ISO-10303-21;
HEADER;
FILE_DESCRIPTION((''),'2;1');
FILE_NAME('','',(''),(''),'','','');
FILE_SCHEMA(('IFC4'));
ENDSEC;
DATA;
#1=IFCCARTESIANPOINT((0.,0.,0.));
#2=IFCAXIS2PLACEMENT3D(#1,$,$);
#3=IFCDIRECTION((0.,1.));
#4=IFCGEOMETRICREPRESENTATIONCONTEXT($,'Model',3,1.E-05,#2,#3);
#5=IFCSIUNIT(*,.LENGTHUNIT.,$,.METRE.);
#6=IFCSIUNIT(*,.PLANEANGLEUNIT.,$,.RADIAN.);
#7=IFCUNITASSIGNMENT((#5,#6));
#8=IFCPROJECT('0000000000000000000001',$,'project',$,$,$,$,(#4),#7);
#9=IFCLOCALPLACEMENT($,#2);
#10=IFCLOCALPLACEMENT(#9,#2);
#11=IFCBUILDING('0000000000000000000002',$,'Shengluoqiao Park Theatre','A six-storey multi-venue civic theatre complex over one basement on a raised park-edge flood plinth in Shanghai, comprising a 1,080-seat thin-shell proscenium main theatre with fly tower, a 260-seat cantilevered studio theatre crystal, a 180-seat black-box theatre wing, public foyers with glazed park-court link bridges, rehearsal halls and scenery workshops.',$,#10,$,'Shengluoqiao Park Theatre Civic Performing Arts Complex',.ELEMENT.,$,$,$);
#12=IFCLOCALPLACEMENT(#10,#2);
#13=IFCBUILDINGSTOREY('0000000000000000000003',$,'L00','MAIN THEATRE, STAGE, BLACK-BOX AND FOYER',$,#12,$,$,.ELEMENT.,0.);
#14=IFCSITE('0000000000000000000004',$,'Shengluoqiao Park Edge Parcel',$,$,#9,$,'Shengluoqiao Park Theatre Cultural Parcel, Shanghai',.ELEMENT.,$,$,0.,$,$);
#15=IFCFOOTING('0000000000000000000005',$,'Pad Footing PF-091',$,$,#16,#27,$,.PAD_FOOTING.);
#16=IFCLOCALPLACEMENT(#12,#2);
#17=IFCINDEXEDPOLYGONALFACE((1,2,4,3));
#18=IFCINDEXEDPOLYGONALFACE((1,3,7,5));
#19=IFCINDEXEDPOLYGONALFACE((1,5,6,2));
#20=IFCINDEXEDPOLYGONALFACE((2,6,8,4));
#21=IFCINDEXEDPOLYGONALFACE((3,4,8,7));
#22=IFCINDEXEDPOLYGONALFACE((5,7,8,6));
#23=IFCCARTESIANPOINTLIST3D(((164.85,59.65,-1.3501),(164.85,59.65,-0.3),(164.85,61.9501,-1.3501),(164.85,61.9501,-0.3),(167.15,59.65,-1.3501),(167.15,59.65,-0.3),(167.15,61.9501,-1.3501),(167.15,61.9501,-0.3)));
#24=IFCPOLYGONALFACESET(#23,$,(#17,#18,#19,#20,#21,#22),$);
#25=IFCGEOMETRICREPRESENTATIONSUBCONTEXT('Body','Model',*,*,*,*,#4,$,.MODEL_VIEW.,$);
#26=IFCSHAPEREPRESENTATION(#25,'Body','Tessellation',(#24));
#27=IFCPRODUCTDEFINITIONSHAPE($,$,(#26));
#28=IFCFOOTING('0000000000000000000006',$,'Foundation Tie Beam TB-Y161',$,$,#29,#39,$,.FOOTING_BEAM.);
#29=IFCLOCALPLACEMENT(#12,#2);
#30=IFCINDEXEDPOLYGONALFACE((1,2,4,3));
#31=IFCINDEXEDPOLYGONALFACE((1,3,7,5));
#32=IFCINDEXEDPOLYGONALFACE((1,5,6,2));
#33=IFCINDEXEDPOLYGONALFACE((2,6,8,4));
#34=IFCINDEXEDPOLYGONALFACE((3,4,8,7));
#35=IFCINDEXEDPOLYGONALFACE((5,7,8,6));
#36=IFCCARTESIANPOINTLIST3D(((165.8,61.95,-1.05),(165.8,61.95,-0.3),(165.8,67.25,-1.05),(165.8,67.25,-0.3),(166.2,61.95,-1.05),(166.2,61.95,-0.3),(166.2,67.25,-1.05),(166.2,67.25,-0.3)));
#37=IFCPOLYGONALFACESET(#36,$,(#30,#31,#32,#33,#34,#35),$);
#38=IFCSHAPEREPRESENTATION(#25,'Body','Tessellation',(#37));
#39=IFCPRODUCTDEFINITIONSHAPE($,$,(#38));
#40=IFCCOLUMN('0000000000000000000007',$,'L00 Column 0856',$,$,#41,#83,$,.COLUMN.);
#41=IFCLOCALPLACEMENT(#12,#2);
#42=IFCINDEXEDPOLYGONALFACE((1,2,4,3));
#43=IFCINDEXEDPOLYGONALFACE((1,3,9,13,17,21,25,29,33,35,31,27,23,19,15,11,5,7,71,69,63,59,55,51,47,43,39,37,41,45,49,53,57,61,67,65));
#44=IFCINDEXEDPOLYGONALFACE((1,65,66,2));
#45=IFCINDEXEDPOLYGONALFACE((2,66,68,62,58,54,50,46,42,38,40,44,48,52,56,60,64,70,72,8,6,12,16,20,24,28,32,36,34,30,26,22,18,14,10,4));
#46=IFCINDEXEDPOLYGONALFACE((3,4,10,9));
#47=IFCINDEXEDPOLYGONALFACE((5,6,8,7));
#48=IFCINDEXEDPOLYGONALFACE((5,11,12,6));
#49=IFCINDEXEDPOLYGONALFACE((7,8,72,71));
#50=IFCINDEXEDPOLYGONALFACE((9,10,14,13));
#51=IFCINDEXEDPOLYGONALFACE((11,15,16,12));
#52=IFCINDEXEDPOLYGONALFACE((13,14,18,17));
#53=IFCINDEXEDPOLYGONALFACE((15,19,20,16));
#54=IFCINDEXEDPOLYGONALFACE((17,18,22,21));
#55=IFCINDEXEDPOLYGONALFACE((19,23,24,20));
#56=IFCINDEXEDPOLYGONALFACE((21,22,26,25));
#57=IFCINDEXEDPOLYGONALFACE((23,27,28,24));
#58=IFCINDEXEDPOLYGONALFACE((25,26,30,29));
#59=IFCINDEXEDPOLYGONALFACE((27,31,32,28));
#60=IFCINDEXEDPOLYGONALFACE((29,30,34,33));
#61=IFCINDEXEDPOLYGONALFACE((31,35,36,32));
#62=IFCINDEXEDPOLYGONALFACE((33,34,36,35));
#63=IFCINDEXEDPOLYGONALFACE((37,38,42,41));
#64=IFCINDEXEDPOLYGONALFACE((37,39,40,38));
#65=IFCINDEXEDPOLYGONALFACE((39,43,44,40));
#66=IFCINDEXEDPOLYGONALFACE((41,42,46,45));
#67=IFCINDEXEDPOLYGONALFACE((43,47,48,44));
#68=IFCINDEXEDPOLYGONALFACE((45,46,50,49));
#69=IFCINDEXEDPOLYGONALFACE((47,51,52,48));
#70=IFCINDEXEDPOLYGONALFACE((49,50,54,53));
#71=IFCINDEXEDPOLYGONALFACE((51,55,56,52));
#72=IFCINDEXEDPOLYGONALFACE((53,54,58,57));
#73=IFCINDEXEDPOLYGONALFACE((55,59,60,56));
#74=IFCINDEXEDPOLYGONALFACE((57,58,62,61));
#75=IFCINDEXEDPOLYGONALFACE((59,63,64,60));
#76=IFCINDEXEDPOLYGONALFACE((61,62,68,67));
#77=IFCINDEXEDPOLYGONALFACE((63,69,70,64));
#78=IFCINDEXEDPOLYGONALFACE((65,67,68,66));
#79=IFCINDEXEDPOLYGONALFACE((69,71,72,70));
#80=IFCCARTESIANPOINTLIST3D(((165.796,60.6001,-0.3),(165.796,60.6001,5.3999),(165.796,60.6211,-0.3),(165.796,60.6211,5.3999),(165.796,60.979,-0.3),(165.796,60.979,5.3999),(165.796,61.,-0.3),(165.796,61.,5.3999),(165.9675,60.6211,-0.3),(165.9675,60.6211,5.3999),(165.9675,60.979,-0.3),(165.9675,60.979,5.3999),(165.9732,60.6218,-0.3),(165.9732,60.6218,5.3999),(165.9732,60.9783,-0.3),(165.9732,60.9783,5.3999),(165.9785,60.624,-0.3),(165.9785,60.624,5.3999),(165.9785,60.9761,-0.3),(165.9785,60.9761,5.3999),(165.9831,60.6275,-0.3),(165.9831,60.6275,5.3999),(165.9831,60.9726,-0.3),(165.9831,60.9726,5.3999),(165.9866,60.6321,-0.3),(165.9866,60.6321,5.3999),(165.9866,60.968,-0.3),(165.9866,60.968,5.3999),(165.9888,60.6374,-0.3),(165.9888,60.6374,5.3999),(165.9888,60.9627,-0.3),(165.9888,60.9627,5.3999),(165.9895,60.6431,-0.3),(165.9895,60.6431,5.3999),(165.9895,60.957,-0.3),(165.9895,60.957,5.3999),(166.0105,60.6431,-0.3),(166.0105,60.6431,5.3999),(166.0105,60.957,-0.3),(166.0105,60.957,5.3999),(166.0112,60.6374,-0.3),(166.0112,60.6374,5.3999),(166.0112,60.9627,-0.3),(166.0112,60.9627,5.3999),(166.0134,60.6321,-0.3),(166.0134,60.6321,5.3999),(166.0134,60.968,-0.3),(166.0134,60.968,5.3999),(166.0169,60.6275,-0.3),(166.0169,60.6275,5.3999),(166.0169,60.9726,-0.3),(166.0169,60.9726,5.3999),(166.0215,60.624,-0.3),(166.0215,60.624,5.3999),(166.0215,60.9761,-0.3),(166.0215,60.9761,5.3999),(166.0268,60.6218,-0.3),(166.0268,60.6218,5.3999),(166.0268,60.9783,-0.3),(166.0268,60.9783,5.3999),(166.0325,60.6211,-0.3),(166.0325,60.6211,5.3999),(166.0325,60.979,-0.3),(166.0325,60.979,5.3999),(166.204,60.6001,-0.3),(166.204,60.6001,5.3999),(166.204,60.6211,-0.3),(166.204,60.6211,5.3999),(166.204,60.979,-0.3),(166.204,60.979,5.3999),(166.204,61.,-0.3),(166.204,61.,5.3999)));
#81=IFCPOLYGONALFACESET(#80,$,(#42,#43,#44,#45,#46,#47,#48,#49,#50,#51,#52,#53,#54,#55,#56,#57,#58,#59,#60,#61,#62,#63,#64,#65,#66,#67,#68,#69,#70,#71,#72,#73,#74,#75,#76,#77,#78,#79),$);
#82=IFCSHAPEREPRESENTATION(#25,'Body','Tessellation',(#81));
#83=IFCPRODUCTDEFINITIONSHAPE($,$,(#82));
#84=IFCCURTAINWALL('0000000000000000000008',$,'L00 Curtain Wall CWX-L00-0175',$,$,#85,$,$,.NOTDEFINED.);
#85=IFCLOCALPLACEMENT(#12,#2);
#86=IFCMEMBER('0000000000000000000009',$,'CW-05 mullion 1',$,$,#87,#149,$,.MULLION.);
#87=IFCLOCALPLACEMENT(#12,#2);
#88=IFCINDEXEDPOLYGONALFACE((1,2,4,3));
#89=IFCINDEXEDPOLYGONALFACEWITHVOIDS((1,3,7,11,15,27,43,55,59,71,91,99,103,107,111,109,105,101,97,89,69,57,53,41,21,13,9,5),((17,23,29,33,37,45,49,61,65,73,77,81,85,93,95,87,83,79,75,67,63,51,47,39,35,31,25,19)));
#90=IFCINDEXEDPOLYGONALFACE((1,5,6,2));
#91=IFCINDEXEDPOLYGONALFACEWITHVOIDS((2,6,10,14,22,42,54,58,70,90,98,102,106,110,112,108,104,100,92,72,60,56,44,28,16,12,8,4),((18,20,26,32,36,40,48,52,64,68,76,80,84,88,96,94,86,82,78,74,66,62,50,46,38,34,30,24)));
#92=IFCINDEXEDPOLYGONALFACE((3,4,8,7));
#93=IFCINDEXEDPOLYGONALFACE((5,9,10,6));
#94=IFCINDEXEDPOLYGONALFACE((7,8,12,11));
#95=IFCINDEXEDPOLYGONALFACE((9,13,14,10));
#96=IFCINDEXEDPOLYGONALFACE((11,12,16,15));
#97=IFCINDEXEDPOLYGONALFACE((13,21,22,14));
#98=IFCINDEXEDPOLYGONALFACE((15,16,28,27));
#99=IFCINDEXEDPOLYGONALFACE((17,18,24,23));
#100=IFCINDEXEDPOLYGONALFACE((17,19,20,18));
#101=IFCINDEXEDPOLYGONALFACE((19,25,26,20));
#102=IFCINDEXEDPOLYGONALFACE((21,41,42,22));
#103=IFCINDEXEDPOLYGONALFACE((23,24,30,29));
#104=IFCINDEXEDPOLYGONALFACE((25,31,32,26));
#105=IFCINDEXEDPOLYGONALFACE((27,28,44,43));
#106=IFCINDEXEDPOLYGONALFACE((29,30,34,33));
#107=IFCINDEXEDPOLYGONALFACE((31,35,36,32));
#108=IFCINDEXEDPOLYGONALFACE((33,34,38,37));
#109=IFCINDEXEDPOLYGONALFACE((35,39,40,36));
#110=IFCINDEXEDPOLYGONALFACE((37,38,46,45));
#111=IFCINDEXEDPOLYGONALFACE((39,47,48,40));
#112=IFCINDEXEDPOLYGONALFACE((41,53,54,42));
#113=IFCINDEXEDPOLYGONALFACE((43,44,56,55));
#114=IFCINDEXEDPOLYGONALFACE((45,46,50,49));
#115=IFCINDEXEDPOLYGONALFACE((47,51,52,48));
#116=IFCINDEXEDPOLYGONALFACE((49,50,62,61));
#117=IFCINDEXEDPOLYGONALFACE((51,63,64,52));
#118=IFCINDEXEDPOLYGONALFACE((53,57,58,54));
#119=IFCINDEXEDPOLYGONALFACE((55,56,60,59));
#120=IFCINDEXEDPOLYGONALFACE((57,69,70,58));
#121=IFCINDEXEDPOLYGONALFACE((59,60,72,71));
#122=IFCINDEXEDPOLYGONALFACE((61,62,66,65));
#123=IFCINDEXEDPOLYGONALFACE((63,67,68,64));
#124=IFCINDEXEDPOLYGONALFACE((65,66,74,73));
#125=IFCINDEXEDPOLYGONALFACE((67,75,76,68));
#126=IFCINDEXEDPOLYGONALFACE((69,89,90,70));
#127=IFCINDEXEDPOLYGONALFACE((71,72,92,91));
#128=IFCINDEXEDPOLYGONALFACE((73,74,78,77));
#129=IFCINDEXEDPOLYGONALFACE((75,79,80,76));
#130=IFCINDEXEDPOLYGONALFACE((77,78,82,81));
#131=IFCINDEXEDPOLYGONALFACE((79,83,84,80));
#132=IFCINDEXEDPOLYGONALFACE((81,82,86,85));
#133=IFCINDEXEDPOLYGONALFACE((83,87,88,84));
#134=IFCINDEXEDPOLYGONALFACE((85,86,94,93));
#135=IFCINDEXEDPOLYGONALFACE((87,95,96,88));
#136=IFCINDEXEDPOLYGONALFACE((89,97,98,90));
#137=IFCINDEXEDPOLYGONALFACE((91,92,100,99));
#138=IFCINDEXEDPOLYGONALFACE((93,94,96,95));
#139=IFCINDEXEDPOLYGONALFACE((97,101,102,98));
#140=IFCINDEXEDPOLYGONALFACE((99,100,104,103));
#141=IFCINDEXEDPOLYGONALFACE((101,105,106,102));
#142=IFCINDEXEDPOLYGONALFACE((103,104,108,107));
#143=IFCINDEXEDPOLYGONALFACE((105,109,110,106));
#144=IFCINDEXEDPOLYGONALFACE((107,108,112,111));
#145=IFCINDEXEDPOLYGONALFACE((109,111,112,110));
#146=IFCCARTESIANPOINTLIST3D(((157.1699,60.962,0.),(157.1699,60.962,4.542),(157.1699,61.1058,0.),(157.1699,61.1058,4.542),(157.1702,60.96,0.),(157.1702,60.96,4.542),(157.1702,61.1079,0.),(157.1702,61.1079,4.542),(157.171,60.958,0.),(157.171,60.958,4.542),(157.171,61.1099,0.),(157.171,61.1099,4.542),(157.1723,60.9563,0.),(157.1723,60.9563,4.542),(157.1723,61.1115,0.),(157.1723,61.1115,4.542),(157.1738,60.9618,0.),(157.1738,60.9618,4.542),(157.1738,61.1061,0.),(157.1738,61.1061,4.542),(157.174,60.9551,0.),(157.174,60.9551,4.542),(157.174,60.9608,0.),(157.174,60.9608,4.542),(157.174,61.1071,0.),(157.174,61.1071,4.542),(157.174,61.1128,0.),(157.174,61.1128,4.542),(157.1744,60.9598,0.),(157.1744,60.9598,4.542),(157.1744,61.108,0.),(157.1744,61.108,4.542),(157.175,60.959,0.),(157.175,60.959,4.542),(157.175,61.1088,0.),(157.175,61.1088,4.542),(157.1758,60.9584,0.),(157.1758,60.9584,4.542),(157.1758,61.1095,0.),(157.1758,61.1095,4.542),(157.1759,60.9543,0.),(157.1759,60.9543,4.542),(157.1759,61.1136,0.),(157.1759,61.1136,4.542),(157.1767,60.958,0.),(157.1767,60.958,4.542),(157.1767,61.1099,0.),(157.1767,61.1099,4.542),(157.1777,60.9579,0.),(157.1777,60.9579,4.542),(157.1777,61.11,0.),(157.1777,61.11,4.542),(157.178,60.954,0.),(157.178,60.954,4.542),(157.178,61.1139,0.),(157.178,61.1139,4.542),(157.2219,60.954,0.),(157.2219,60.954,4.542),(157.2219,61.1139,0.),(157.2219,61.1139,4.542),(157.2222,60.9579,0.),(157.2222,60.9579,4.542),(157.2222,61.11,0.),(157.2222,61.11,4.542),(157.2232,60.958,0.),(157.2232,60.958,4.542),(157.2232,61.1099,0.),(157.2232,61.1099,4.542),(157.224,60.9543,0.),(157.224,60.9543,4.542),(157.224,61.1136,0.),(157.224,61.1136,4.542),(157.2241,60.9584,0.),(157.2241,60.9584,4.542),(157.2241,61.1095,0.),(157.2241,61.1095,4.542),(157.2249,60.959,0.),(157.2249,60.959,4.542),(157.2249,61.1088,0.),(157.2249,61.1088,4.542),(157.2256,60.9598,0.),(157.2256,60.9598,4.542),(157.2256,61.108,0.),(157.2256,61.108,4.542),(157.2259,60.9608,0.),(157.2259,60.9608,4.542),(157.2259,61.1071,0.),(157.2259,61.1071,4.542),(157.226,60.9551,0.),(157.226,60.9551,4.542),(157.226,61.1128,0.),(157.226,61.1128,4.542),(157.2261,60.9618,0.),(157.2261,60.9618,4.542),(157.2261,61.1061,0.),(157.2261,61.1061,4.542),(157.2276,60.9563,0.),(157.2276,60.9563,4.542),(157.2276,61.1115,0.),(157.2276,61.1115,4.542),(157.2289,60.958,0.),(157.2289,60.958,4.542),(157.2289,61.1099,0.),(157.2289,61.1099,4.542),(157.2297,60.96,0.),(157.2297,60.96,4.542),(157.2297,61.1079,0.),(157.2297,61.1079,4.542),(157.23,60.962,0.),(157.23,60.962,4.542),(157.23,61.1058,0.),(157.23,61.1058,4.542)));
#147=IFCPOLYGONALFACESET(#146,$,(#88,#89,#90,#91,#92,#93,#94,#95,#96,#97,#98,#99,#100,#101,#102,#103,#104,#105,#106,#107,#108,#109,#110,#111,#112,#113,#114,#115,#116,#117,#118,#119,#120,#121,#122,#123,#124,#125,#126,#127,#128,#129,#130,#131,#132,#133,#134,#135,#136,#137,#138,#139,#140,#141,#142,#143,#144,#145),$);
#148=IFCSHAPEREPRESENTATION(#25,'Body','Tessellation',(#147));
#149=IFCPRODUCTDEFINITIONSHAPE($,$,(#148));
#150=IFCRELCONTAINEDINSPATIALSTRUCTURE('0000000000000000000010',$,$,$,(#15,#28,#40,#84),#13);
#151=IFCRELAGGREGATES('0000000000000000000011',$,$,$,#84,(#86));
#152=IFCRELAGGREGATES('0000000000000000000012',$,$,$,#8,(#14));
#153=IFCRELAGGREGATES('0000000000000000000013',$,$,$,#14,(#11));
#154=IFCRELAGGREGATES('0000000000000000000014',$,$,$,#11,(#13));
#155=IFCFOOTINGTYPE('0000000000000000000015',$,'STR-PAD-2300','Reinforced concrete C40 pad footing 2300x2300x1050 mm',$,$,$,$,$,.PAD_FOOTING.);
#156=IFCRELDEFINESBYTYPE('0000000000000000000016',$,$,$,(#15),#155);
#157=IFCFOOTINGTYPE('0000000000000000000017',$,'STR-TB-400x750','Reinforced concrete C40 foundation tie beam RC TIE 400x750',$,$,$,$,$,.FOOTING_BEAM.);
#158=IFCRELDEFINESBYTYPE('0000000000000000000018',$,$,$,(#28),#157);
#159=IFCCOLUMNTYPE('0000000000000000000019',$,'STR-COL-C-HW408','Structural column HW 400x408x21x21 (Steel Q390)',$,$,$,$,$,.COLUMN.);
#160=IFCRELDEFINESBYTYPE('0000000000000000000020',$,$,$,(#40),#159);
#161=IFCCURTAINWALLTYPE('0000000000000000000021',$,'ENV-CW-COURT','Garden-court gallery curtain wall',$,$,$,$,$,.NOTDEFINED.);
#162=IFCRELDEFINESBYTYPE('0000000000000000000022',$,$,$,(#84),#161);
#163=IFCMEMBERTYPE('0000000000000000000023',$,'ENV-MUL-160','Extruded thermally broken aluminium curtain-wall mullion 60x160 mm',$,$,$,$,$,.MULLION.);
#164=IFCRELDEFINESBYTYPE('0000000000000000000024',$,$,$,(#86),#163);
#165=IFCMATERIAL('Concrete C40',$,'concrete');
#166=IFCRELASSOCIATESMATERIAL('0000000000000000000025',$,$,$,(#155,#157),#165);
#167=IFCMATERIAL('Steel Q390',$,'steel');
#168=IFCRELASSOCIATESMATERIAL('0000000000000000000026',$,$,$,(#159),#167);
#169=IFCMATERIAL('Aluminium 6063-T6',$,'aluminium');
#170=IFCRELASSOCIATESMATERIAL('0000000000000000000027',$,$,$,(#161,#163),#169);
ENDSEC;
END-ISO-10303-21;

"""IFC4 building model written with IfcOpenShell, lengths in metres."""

from ifc_helpers import new_model, si_unit, direction, frame, origin, origin_2d, place, context, subcontext, project, spatial, rectangle, hollow_rectangle, i_section, extrude, material, material_profile, profile_set, type_object, element, aggregate, save


model = new_model("IFC4")

# Units and contexts
model_context = context("Model", 3, precision=1e-05, world=origin(), true_north=direction((0.0, 1.0)))
body_context = subcontext(model_context, "Body", "Model", "MODEL_VIEW")
ifc_project = project(units=[si_unit("LENGTHUNIT", "METRE"), si_unit("PLANEANGLEUNIT", "RADIAN")], contexts=[model_context])

# Site, building, storey
site_placement = place(None, origin())
site = spatial("IfcSite", under=ifc_project, at=site_placement, Name="Shengluoqiao Park Edge Parcel", LongName="Shengluoqiao Park Theatre Cultural Parcel, Shanghai", CompositionType="ELEMENT", RefElevation=0.0)
building_placement = place(site_placement, origin())
building = spatial("IfcBuilding", under=site, at=building_placement, Name="Shengluoqiao Park Theatre", Description="A six-storey multi-venue civic theatre complex over one basement on a raised park-edge flood plinth in Shanghai, comprising a 1,080-seat thin-shell proscenium main theatre with fly tower, a 260-seat cantilevered studio theatre crystal, a 180-seat black-box theatre wing, public foyers with glazed park-court link bridges, rehearsal halls and scenery workshops.", LongName="Shengluoqiao Park Theatre Civic Performing Arts Complex", CompositionType="ELEMENT")
storey_placement = place(building_placement, origin())
storey = spatial("IfcBuildingStorey", under=building, at=storey_placement, Name="L00", Description="MAIN THEATRE, STAGE, BLACK-BOX AND FOYER", CompositionType="ELEMENT", Elevation=0.0)

# Footings
ifc_material_1 = material(Name="Concrete C40", Category="concrete")
footing_type_1 = type_object("IfcFootingType", Name="STR-PAD-2300", Description="Reinforced concrete C40 pad footing 2300x2300x1050 mm", PredefinedType="PAD_FOOTING", material=ifc_material_1)
footing_1_placement = place(storey_placement, frame((166.0, 60.8, -1.3501), z_axis=(0.0, 0.0, 1.0), x_axis=(1.0, 0.0, 0.0)))
element("IfcFooting", 1, at=footing_1_placement, inside=storey, type_object=footing_type_1, Name="Pad Footing PF-091", PredefinedType="PAD_FOOTING", context=body_context, shape_type="SweptSolid", body=[
    extrude(rectangle(XDim=2.3, YDim=2.3, at=origin_2d()), origin(), (0.0, 0.0, 1.0), 1.05),
])
ifc_material_profile_1 = material_profile(ifc_material_1, rectangle(XDim=0.3999, YDim=0.75, at=origin_2d()), Name="RC TIE 400x750")
ifc_profile_set_1 = profile_set([ifc_material_profile_1], Name="Concrete C40")
footing_type_2 = type_object("IfcFootingType", Name="STR-TB-400x750", Description="Reinforced concrete C40 foundation tie beam RC TIE 400x750", PredefinedType="FOOTING_BEAM", material=ifc_profile_set_1)
footing_2_placement = place(storey_placement, frame((166.0, 61.95, -0.675), z_axis=(0.0, 1.0, 0.0), x_axis=(-1.0, 0.0, 0.0)))
element("IfcFooting", 2, at=footing_2_placement, inside=storey, type_object=footing_type_2, Name="Foundation Tie Beam TB-Y161", PredefinedType="FOOTING_BEAM", context=body_context, shape_type="SweptSolid", body=[
    extrude(rectangle(XDim=0.3999, YDim=0.75, at=origin_2d()), origin(), (0.0, 0.0, 1.0), 5.3),
])

# Column
ifc_material_2 = material(Name="Steel Q390", Category="steel")
ifc_material_profile_2 = material_profile(ifc_material_2, i_section(OverallWidth=0.408, OverallDepth=0.3999, WebThickness=0.021, FlangeThickness=0.021, FilletRadius=0.022, at=origin_2d()), Name="HW 400x408x21x21")
ifc_profile_set_2 = profile_set([ifc_material_profile_2], Name="Steel Q390")
column_type = type_object("IfcColumnType", Name="STR-COL-C-HW408", Description="Structural column HW 400x408x21x21 (Steel Q390)", PredefinedType="COLUMN", material=ifc_profile_set_2)
column_placement = place(storey_placement, frame((166.0, 60.8, -0.3), z_axis=(0.0, 0.0, 1.0), x_axis=(1.0, 0.0, 0.0)))
element("IfcColumn", 3, at=column_placement, inside=storey, type_object=column_type, Name="L00 Column 0856", PredefinedType="COLUMN", context=body_context, shape_type="SweptSolid", body=[
    extrude(i_section(OverallWidth=0.408, OverallDepth=0.3999, WebThickness=0.021, FlangeThickness=0.021, FilletRadius=0.022, at=origin_2d()), origin(), (0.0, 0.0, 1.0), 5.7),
])

# Curtain wall, member
ifc_material_3 = material(Name="Aluminium 6063-T6", Category="aluminium")
curtain_wall_type = type_object("IfcCurtainWallType", Name="ENV-CW-COURT", Description="Garden-court gallery curtain wall", PredefinedType="NOTDEFINED", material=ifc_material_3)
curtain_wall_placement = place(storey_placement, origin())
curtain_wall = element("IfcCurtainWall", 4, at=curtain_wall_placement, inside=storey, type_object=curtain_wall_type, Name="L00 Curtain Wall CWX-L00-0175", PredefinedType="NOTDEFINED")
ifc_material_profile_3 = material_profile(ifc_material_3, hollow_rectangle(XDim=0.0601, YDim=0.1599, WallThickness=0.0039, InnerFilletRadius=0.0039, OuterFilletRadius=0.0081, at=origin_2d()), Name="ALU MULLION 160x60x4")
ifc_profile_set_3 = profile_set([ifc_material_profile_3], Name="Aluminium 6063-T6")
member_type_1 = type_object("IfcMemberType", Name="ENV-MUL-160", Description="Extruded thermally broken aluminium curtain-wall mullion 60x160 mm", PredefinedType="MULLION", material=ifc_profile_set_3)
member_1_placement = place(storey_placement, frame((157.2, 61.0339, 0.0), z_axis=(0.0, 0.0, 1.0), x_axis=(-1.0, 0.0, 0.0)))
member_1 = element("IfcMember", 5, at=member_1_placement, type_object=member_type_1, Name="CW-05 mullion 1", PredefinedType="MULLION", context=body_context, shape_type="SweptSolid", body=[
    extrude(hollow_rectangle(XDim=0.0601, YDim=0.1599, WallThickness=0.0039, InnerFilletRadius=0.0039, OuterFilletRadius=0.0081, at=origin_2d()), origin(), (0.0, 0.0, 1.0), 4.542),
])
aggregate(curtain_wall, [member_1])

save(model, "model.ifc")
